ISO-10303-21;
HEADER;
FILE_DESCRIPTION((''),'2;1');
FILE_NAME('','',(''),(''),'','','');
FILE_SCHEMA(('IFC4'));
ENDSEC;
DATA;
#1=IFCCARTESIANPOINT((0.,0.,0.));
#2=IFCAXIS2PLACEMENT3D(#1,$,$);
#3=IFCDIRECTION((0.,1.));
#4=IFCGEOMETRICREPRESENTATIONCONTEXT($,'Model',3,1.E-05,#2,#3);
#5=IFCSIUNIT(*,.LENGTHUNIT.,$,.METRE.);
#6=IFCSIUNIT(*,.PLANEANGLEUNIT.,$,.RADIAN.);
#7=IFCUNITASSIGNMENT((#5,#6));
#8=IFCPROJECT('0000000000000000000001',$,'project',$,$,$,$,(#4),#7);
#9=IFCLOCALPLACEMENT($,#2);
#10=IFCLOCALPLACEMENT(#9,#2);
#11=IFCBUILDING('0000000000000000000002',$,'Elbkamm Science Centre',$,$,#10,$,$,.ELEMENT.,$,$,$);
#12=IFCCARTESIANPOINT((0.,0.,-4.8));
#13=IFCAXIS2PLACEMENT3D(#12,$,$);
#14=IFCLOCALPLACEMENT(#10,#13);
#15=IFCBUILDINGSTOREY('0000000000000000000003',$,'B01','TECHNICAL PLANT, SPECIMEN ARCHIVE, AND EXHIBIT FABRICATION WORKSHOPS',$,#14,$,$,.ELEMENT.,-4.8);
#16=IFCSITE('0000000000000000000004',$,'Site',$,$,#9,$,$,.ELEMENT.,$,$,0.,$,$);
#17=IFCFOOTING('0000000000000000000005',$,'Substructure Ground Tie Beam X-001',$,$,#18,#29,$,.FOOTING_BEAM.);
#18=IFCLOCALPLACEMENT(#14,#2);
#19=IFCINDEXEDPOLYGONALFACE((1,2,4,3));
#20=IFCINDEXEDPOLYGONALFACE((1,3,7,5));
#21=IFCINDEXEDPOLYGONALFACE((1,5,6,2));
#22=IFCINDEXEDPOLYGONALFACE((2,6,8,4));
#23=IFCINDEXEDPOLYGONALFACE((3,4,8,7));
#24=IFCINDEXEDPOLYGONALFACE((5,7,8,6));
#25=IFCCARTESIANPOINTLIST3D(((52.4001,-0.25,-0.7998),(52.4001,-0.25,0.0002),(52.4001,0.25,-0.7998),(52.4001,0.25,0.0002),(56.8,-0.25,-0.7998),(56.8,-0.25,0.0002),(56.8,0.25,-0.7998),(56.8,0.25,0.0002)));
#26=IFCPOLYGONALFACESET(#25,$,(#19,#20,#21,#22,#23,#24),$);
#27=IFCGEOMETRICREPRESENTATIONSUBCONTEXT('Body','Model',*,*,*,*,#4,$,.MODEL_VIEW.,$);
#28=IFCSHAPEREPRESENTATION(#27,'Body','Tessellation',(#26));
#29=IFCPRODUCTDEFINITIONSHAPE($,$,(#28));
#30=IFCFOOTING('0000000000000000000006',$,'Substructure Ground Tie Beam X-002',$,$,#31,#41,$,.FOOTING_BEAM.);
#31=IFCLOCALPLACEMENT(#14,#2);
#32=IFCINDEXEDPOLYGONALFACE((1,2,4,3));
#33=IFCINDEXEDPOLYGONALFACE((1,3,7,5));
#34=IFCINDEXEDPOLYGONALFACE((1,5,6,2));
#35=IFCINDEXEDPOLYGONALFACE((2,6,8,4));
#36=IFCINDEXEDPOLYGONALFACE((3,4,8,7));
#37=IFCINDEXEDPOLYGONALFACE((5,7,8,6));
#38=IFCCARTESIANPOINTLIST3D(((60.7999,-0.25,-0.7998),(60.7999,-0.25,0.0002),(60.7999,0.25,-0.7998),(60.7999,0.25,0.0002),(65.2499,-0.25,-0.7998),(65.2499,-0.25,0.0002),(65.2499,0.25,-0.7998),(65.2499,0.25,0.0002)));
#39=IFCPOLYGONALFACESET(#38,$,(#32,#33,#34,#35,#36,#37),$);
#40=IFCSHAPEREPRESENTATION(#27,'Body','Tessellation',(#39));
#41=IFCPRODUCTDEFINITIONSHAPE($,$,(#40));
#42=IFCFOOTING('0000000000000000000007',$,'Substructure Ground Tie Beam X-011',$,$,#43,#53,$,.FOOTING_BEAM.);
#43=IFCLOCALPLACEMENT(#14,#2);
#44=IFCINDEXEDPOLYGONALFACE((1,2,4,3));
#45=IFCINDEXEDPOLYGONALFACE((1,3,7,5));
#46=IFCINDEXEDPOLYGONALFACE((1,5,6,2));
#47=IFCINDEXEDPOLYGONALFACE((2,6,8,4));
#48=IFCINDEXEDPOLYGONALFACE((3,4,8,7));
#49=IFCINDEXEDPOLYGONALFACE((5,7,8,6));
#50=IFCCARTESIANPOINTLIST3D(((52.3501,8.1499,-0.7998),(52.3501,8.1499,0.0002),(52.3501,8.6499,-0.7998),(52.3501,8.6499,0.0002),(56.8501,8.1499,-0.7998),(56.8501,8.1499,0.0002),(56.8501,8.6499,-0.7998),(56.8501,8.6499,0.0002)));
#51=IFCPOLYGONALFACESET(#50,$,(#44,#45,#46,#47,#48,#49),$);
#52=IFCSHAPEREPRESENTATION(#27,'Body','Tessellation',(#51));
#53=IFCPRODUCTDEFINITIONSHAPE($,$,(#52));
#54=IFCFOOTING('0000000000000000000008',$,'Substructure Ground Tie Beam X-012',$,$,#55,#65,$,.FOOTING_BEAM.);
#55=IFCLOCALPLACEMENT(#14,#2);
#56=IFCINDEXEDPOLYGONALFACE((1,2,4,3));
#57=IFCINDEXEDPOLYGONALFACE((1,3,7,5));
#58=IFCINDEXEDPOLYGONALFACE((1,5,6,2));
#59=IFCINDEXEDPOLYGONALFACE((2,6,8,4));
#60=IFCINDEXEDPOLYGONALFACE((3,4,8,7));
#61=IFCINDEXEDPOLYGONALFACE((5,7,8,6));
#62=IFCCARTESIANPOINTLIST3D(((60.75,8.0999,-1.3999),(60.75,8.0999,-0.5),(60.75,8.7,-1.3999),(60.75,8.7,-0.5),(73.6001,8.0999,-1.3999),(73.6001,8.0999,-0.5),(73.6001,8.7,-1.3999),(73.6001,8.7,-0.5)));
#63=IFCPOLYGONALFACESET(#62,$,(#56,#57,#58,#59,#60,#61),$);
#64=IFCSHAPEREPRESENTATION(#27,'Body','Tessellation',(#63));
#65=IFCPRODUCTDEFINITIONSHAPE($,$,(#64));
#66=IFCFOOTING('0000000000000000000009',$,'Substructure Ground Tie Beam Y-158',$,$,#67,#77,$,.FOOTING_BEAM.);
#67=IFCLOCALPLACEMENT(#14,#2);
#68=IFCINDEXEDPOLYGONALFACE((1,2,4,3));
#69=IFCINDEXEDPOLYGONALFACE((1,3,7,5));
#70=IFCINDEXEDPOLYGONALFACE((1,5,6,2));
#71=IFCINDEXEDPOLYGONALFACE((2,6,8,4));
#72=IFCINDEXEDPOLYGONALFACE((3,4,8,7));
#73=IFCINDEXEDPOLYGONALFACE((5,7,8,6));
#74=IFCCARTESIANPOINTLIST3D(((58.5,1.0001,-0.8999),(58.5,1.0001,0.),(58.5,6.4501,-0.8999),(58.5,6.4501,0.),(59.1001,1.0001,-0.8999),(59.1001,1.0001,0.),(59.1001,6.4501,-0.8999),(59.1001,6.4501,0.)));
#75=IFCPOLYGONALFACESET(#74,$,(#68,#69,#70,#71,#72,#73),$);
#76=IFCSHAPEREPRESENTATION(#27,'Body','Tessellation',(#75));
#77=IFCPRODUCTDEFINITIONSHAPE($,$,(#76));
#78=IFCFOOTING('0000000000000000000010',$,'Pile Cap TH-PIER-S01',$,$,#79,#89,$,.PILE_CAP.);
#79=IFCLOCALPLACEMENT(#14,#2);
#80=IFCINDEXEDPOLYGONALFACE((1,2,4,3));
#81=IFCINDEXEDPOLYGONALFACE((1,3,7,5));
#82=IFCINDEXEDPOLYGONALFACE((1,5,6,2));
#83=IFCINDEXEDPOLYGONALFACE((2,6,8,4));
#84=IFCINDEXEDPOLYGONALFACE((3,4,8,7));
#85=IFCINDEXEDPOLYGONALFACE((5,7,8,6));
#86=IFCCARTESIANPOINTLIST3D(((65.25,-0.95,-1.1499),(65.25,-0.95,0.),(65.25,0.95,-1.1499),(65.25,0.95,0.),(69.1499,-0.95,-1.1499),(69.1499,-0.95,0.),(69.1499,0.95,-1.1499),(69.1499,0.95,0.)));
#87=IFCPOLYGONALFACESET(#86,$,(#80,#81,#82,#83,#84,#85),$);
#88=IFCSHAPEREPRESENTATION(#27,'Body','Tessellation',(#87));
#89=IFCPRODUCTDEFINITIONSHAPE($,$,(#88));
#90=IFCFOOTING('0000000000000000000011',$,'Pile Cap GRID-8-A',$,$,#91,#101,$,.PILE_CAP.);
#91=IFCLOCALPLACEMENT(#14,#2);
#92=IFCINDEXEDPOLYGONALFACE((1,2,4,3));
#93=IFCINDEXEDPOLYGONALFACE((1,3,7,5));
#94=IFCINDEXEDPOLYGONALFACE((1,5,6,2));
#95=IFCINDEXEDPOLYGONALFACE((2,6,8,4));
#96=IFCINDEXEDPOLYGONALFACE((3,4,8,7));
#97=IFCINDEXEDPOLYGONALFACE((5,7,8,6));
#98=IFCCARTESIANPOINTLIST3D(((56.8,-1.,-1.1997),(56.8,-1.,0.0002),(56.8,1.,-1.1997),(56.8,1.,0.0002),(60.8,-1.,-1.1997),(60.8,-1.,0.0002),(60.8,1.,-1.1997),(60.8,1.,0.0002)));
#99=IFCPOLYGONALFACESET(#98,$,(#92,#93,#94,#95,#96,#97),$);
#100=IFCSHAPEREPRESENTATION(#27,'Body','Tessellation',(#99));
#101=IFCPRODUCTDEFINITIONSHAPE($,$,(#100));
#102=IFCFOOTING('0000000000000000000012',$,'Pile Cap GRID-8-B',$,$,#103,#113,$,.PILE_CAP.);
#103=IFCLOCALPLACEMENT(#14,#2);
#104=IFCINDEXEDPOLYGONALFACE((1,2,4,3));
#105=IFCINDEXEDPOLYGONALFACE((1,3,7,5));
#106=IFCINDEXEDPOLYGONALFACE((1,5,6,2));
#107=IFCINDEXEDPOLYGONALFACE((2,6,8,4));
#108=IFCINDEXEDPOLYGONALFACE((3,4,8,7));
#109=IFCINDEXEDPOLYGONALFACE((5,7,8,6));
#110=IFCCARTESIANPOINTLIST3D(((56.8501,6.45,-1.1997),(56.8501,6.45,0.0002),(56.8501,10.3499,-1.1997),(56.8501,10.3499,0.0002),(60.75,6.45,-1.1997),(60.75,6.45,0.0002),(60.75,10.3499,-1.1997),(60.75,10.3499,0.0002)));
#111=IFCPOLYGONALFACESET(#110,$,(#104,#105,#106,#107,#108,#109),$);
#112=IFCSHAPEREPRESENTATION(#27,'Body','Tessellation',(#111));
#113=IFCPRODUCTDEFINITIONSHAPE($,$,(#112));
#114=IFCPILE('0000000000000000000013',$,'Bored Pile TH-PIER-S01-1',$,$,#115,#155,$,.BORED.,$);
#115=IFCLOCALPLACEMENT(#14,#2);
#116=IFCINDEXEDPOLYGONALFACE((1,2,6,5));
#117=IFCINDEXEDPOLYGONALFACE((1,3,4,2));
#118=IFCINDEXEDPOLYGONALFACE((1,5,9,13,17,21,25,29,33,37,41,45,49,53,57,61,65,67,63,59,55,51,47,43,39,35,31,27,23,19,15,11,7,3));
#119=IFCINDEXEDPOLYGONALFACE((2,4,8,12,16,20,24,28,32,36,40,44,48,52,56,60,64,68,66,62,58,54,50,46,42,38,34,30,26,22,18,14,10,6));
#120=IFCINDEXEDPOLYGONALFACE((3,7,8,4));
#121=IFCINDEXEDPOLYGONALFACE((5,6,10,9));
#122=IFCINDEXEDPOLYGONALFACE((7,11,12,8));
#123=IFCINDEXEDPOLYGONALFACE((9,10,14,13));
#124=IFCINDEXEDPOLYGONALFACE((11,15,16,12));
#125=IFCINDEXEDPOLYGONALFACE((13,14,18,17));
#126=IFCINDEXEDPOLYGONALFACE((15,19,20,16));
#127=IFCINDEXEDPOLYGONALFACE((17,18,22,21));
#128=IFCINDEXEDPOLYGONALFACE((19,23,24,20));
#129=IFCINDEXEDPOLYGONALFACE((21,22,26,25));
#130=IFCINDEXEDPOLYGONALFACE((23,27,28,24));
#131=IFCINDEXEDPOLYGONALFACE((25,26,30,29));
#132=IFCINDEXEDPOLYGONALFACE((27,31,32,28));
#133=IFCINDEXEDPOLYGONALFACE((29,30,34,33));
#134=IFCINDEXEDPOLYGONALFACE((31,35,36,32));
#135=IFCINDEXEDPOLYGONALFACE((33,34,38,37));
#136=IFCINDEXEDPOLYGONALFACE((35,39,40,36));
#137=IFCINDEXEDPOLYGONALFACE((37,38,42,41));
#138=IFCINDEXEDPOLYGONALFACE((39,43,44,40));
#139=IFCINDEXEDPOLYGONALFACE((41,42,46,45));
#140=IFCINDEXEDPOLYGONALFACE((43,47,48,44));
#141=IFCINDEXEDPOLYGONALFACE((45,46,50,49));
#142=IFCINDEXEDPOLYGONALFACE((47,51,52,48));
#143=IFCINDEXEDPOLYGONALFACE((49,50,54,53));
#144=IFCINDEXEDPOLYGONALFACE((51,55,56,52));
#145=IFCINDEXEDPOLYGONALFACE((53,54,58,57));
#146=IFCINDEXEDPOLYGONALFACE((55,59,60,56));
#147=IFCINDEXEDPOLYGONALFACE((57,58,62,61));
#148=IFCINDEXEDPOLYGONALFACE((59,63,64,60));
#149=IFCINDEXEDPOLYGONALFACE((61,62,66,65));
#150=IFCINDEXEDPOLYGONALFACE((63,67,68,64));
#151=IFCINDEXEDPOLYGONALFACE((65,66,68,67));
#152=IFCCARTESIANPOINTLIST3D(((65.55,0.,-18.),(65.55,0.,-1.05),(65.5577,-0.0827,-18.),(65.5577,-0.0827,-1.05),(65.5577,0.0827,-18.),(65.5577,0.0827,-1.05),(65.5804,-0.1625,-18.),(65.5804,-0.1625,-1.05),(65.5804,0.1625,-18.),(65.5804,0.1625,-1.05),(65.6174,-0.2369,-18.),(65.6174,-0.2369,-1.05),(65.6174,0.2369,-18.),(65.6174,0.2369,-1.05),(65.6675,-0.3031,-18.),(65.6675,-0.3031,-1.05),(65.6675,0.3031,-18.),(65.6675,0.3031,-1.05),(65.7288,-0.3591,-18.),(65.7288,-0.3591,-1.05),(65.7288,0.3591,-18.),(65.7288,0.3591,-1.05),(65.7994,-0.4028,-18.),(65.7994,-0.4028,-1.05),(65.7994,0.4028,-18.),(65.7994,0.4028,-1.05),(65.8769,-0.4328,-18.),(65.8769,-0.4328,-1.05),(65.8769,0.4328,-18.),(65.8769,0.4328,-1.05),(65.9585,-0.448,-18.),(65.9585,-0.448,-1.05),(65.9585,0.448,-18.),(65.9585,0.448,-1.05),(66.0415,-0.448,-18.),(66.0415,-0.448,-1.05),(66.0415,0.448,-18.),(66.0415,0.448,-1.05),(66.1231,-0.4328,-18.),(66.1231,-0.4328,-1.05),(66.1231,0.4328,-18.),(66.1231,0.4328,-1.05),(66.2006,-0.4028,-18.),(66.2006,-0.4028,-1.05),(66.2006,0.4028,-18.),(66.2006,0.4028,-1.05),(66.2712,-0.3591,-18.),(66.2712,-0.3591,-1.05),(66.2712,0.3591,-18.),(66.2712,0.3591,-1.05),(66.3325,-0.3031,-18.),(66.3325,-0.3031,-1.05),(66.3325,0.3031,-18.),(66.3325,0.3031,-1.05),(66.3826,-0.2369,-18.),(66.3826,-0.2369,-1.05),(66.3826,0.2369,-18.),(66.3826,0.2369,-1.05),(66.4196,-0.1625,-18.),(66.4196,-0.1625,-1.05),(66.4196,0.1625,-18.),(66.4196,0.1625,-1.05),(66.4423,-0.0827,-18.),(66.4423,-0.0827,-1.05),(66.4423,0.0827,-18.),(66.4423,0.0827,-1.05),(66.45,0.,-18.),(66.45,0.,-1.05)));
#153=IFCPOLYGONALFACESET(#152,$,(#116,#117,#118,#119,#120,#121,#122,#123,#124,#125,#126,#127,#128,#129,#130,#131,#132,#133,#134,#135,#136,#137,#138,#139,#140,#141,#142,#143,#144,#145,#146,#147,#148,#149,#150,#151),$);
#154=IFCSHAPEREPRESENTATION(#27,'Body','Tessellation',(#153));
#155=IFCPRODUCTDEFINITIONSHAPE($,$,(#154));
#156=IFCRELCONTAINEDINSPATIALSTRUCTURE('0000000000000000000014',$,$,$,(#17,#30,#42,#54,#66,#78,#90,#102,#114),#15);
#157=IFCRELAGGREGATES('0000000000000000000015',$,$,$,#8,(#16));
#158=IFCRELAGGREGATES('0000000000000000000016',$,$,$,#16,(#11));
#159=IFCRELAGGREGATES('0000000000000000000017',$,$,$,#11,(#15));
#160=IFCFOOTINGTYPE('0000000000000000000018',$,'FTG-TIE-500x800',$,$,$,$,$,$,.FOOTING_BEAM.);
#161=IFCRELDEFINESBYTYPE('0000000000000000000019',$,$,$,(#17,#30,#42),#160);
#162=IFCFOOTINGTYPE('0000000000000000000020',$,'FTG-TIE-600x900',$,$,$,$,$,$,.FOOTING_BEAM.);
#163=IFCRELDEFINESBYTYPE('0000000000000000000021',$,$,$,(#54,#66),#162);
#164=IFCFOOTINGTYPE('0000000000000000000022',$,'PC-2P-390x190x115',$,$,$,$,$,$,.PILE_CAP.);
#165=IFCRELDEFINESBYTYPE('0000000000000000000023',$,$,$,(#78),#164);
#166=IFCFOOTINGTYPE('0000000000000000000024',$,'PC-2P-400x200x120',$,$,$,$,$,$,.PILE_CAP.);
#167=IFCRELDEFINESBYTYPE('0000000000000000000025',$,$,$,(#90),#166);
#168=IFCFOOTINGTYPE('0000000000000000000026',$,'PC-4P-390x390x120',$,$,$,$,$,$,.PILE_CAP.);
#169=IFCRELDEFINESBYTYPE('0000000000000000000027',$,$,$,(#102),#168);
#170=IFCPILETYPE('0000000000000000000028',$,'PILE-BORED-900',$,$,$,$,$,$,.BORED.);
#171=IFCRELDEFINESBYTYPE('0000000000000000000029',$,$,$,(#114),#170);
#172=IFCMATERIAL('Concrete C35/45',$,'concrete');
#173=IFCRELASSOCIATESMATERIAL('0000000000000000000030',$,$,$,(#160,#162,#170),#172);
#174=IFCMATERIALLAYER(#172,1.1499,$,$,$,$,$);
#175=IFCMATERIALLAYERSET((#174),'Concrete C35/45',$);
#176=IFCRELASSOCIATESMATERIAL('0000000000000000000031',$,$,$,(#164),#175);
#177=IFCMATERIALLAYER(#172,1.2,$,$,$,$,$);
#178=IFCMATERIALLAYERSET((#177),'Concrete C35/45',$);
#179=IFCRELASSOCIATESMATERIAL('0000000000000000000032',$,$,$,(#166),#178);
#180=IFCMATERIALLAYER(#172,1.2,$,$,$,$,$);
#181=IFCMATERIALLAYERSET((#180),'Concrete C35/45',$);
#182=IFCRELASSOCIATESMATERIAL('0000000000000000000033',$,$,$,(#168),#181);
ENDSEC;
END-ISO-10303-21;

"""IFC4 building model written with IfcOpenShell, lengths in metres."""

from ifc_helpers import new_model, si_unit, direction, frame, origin, origin_2d, place, context, subcontext, project, spatial, rectangle, circle, extrude, material, layer, layer_set, material_profile, profile_set, type_object, element, save


model = new_model("IFC4")

# Units and contexts
model_context = context("Model", 3, precision=1e-05, world=origin(), true_north=direction((0.0, 1.0)))
body_context = subcontext(model_context, "Body", "Model", "MODEL_VIEW")
ifc_project = project(units=[si_unit("LENGTHUNIT", "METRE"), si_unit("PLANEANGLEUNIT", "RADIAN")], contexts=[model_context])

# Site, building, storey
site_placement = place(None, origin())
site = spatial("IfcSite", under=ifc_project, at=site_placement, Name="Site", CompositionType="ELEMENT", RefElevation=0.0)
building_placement = place(site_placement, origin())
building = spatial("IfcBuilding", under=site, at=building_placement, Name="Elbkamm Science Centre", CompositionType="ELEMENT")
storey_placement = place(building_placement, frame((0.0, 0.0, -4.8)))
storey = spatial("IfcBuildingStorey", under=building, at=storey_placement, Name="B01", Description="TECHNICAL PLANT, SPECIMEN ARCHIVE, AND EXHIBIT FABRICATION WORKSHOPS", CompositionType="ELEMENT", Elevation=-4.8)

# Footings
ifc_material_1 = material(Name="Concrete C35/45", Category="concrete")
footing_type_1 = type_object("IfcFootingType", Name="FTG-TIE-500x800", PredefinedType="FOOTING_BEAM", material=ifc_material_1)
footing_1_placement = place(storey_placement, frame((54.6001, 0.0, -0.7998), z_axis=(0.0, 0.0, 1.0), x_axis=(1.0, 0.0, 0.0)))
element("IfcFooting", 1, at=footing_1_placement, inside=storey, type_object=footing_type_1, Name="Substructure Ground Tie Beam X-001", PredefinedType="FOOTING_BEAM", context=body_context, shape_type="SweptSolid", body=[
    extrude(rectangle(XDim=4.3999, YDim=0.5, at=origin_2d()), origin(), (0.0, 0.0, 1.0), 0.8),
])
footing_2_placement = place(storey_placement, frame((63.0249, 0.0, -0.7998), z_axis=(0.0, 0.0, 1.0), x_axis=(1.0, 0.0, 0.0)))
element("IfcFooting", 2, at=footing_2_placement, inside=storey, type_object=footing_type_1, Name="Substructure Ground Tie Beam X-002", PredefinedType="FOOTING_BEAM", context=body_context, shape_type="SweptSolid", body=[
    extrude(rectangle(XDim=4.45, YDim=0.5, at=origin_2d()), origin(), (0.0, 0.0, 1.0), 0.8),
])
footing_3_placement = place(storey_placement, frame((54.6001, 8.3999, -0.7998), z_axis=(0.0, 0.0, 1.0), x_axis=(1.0, 0.0, 0.0)))
element("IfcFooting", 3, at=footing_3_placement, inside=storey, type_object=footing_type_1, Name="Substructure Ground Tie Beam X-011", PredefinedType="FOOTING_BEAM", context=body_context, shape_type="SweptSolid", body=[
    extrude(rectangle(XDim=4.5, YDim=0.5, at=origin_2d()), origin(), (0.0, 0.0, 1.0), 0.8),
])
footing_type_2 = type_object("IfcFootingType", Name="FTG-TIE-600x900", PredefinedType="FOOTING_BEAM", material=ifc_material_1)
footing_4_placement = place(storey_placement, frame((67.175, 8.3999, -1.3999), z_axis=(0.0, 0.0, 1.0), x_axis=(1.0, 0.0, 0.0)))
element("IfcFooting", 4, at=footing_4_placement, inside=storey, type_object=footing_type_2, Name="Substructure Ground Tie Beam X-012", PredefinedType="FOOTING_BEAM", context=body_context, shape_type="SweptSolid", body=[
    extrude(rectangle(XDim=12.8501, YDim=0.6001, at=origin_2d()), origin(), (0.0, 0.0, 1.0), 0.8999),
])
footing_5_placement = place(storey_placement, frame((58.8, 3.7251, -0.8999), z_axis=(0.0, 0.0, 1.0), x_axis=(1.0, 0.0, 0.0)))
element("IfcFooting", 5, at=footing_5_placement, inside=storey, type_object=footing_type_2, Name="Substructure Ground Tie Beam Y-158", PredefinedType="FOOTING_BEAM", context=body_context, shape_type="SweptSolid", body=[
    extrude(rectangle(XDim=0.6001, YDim=5.45, at=origin_2d()), origin(), (0.0, 0.0, 1.0), 0.8999),
])
ifc_layer_1 = layer(ifc_material_1, 1.1499)
ifc_layer_set_1 = layer_set([ifc_layer_1], Name="Concrete C35/45")
footing_type_3 = type_object("IfcFootingType", Name="PC-2P-390x190x115", PredefinedType="PILE_CAP", material=ifc_layer_set_1)
footing_6_placement = place(storey_placement, frame((67.2, 0.0, -1.1499), z_axis=(0.0, 0.0, 1.0), x_axis=(1.0, 0.0, 0.0)))
element("IfcFooting", 6, at=footing_6_placement, inside=storey, type_object=footing_type_3, Name="Pile Cap TH-PIER-S01", PredefinedType="PILE_CAP", context=body_context, shape_type="SweptSolid", body=[
    extrude(rectangle(XDim=3.8999, YDim=1.8999, at=origin_2d()), origin(), (0.0, 0.0, 1.0), 1.1499),
])
ifc_layer_2 = layer(ifc_material_1, 1.2)
ifc_layer_set_2 = layer_set([ifc_layer_2], Name="Concrete C35/45")
footing_type_4 = type_object("IfcFootingType", Name="PC-2P-400x200x120", PredefinedType="PILE_CAP", material=ifc_layer_set_2)
footing_7_placement = place(storey_placement, frame((58.8, 0.0, -1.1997), z_axis=(0.0, 0.0, 1.0), x_axis=(1.0, 0.0, 0.0)))
element("IfcFooting", 7, at=footing_7_placement, inside=storey, type_object=footing_type_4, Name="Pile Cap GRID-8-A", PredefinedType="PILE_CAP", context=body_context, shape_type="SweptSolid", body=[
    extrude(rectangle(XDim=4.0, YDim=2.0, at=origin_2d()), origin(), (0.0, 0.0, 1.0), 1.2),
])
ifc_layer_3 = layer(ifc_material_1, 1.2)
ifc_layer_set_3 = layer_set([ifc_layer_3], Name="Concrete C35/45")
footing_type_5 = type_object("IfcFootingType", Name="PC-4P-390x390x120", PredefinedType="PILE_CAP", material=ifc_layer_set_3)
footing_8_placement = place(storey_placement, frame((58.8, 8.3999, -1.1997), z_axis=(0.0, 0.0, 1.0), x_axis=(1.0, 0.0, 0.0)))
element("IfcFooting", 8, at=footing_8_placement, inside=storey, type_object=footing_type_5, Name="Pile Cap GRID-8-B", PredefinedType="PILE_CAP", context=body_context, shape_type="SweptSolid", body=[
    extrude(rectangle(XDim=3.8999, YDim=3.8999, at=origin_2d()), origin(), (0.0, 0.0, 1.0), 1.2),
])

# Pile
ifc_material_profile_1 = material_profile(ifc_material_1, circle(Radius=0.45, at=origin_2d()), Name="PILE D900")
ifc_profile_set_1 = profile_set([ifc_material_profile_1], Name="Concrete C35/45")
pile_type = type_object("IfcPileType", Name="PILE-BORED-900", PredefinedType="BORED", material=ifc_profile_set_1)
pile_placement = place(storey_placement, frame((66.0, 0.0, -1.05), z_axis=(0.0, 0.0, -1.0), x_axis=(1.0, 0.0, 0.0)))
element("IfcPile", 9, at=pile_placement, inside=storey, type_object=pile_type, Name="Bored Pile TH-PIER-S01-1", PredefinedType="BORED", context=body_context, shape_type="SweptSolid", body=[
    extrude(circle(Radius=0.45, at=origin_2d()), origin(), (0.0, 0.0, 1.0), 16.95),
])

save(model, "model.ifc")
